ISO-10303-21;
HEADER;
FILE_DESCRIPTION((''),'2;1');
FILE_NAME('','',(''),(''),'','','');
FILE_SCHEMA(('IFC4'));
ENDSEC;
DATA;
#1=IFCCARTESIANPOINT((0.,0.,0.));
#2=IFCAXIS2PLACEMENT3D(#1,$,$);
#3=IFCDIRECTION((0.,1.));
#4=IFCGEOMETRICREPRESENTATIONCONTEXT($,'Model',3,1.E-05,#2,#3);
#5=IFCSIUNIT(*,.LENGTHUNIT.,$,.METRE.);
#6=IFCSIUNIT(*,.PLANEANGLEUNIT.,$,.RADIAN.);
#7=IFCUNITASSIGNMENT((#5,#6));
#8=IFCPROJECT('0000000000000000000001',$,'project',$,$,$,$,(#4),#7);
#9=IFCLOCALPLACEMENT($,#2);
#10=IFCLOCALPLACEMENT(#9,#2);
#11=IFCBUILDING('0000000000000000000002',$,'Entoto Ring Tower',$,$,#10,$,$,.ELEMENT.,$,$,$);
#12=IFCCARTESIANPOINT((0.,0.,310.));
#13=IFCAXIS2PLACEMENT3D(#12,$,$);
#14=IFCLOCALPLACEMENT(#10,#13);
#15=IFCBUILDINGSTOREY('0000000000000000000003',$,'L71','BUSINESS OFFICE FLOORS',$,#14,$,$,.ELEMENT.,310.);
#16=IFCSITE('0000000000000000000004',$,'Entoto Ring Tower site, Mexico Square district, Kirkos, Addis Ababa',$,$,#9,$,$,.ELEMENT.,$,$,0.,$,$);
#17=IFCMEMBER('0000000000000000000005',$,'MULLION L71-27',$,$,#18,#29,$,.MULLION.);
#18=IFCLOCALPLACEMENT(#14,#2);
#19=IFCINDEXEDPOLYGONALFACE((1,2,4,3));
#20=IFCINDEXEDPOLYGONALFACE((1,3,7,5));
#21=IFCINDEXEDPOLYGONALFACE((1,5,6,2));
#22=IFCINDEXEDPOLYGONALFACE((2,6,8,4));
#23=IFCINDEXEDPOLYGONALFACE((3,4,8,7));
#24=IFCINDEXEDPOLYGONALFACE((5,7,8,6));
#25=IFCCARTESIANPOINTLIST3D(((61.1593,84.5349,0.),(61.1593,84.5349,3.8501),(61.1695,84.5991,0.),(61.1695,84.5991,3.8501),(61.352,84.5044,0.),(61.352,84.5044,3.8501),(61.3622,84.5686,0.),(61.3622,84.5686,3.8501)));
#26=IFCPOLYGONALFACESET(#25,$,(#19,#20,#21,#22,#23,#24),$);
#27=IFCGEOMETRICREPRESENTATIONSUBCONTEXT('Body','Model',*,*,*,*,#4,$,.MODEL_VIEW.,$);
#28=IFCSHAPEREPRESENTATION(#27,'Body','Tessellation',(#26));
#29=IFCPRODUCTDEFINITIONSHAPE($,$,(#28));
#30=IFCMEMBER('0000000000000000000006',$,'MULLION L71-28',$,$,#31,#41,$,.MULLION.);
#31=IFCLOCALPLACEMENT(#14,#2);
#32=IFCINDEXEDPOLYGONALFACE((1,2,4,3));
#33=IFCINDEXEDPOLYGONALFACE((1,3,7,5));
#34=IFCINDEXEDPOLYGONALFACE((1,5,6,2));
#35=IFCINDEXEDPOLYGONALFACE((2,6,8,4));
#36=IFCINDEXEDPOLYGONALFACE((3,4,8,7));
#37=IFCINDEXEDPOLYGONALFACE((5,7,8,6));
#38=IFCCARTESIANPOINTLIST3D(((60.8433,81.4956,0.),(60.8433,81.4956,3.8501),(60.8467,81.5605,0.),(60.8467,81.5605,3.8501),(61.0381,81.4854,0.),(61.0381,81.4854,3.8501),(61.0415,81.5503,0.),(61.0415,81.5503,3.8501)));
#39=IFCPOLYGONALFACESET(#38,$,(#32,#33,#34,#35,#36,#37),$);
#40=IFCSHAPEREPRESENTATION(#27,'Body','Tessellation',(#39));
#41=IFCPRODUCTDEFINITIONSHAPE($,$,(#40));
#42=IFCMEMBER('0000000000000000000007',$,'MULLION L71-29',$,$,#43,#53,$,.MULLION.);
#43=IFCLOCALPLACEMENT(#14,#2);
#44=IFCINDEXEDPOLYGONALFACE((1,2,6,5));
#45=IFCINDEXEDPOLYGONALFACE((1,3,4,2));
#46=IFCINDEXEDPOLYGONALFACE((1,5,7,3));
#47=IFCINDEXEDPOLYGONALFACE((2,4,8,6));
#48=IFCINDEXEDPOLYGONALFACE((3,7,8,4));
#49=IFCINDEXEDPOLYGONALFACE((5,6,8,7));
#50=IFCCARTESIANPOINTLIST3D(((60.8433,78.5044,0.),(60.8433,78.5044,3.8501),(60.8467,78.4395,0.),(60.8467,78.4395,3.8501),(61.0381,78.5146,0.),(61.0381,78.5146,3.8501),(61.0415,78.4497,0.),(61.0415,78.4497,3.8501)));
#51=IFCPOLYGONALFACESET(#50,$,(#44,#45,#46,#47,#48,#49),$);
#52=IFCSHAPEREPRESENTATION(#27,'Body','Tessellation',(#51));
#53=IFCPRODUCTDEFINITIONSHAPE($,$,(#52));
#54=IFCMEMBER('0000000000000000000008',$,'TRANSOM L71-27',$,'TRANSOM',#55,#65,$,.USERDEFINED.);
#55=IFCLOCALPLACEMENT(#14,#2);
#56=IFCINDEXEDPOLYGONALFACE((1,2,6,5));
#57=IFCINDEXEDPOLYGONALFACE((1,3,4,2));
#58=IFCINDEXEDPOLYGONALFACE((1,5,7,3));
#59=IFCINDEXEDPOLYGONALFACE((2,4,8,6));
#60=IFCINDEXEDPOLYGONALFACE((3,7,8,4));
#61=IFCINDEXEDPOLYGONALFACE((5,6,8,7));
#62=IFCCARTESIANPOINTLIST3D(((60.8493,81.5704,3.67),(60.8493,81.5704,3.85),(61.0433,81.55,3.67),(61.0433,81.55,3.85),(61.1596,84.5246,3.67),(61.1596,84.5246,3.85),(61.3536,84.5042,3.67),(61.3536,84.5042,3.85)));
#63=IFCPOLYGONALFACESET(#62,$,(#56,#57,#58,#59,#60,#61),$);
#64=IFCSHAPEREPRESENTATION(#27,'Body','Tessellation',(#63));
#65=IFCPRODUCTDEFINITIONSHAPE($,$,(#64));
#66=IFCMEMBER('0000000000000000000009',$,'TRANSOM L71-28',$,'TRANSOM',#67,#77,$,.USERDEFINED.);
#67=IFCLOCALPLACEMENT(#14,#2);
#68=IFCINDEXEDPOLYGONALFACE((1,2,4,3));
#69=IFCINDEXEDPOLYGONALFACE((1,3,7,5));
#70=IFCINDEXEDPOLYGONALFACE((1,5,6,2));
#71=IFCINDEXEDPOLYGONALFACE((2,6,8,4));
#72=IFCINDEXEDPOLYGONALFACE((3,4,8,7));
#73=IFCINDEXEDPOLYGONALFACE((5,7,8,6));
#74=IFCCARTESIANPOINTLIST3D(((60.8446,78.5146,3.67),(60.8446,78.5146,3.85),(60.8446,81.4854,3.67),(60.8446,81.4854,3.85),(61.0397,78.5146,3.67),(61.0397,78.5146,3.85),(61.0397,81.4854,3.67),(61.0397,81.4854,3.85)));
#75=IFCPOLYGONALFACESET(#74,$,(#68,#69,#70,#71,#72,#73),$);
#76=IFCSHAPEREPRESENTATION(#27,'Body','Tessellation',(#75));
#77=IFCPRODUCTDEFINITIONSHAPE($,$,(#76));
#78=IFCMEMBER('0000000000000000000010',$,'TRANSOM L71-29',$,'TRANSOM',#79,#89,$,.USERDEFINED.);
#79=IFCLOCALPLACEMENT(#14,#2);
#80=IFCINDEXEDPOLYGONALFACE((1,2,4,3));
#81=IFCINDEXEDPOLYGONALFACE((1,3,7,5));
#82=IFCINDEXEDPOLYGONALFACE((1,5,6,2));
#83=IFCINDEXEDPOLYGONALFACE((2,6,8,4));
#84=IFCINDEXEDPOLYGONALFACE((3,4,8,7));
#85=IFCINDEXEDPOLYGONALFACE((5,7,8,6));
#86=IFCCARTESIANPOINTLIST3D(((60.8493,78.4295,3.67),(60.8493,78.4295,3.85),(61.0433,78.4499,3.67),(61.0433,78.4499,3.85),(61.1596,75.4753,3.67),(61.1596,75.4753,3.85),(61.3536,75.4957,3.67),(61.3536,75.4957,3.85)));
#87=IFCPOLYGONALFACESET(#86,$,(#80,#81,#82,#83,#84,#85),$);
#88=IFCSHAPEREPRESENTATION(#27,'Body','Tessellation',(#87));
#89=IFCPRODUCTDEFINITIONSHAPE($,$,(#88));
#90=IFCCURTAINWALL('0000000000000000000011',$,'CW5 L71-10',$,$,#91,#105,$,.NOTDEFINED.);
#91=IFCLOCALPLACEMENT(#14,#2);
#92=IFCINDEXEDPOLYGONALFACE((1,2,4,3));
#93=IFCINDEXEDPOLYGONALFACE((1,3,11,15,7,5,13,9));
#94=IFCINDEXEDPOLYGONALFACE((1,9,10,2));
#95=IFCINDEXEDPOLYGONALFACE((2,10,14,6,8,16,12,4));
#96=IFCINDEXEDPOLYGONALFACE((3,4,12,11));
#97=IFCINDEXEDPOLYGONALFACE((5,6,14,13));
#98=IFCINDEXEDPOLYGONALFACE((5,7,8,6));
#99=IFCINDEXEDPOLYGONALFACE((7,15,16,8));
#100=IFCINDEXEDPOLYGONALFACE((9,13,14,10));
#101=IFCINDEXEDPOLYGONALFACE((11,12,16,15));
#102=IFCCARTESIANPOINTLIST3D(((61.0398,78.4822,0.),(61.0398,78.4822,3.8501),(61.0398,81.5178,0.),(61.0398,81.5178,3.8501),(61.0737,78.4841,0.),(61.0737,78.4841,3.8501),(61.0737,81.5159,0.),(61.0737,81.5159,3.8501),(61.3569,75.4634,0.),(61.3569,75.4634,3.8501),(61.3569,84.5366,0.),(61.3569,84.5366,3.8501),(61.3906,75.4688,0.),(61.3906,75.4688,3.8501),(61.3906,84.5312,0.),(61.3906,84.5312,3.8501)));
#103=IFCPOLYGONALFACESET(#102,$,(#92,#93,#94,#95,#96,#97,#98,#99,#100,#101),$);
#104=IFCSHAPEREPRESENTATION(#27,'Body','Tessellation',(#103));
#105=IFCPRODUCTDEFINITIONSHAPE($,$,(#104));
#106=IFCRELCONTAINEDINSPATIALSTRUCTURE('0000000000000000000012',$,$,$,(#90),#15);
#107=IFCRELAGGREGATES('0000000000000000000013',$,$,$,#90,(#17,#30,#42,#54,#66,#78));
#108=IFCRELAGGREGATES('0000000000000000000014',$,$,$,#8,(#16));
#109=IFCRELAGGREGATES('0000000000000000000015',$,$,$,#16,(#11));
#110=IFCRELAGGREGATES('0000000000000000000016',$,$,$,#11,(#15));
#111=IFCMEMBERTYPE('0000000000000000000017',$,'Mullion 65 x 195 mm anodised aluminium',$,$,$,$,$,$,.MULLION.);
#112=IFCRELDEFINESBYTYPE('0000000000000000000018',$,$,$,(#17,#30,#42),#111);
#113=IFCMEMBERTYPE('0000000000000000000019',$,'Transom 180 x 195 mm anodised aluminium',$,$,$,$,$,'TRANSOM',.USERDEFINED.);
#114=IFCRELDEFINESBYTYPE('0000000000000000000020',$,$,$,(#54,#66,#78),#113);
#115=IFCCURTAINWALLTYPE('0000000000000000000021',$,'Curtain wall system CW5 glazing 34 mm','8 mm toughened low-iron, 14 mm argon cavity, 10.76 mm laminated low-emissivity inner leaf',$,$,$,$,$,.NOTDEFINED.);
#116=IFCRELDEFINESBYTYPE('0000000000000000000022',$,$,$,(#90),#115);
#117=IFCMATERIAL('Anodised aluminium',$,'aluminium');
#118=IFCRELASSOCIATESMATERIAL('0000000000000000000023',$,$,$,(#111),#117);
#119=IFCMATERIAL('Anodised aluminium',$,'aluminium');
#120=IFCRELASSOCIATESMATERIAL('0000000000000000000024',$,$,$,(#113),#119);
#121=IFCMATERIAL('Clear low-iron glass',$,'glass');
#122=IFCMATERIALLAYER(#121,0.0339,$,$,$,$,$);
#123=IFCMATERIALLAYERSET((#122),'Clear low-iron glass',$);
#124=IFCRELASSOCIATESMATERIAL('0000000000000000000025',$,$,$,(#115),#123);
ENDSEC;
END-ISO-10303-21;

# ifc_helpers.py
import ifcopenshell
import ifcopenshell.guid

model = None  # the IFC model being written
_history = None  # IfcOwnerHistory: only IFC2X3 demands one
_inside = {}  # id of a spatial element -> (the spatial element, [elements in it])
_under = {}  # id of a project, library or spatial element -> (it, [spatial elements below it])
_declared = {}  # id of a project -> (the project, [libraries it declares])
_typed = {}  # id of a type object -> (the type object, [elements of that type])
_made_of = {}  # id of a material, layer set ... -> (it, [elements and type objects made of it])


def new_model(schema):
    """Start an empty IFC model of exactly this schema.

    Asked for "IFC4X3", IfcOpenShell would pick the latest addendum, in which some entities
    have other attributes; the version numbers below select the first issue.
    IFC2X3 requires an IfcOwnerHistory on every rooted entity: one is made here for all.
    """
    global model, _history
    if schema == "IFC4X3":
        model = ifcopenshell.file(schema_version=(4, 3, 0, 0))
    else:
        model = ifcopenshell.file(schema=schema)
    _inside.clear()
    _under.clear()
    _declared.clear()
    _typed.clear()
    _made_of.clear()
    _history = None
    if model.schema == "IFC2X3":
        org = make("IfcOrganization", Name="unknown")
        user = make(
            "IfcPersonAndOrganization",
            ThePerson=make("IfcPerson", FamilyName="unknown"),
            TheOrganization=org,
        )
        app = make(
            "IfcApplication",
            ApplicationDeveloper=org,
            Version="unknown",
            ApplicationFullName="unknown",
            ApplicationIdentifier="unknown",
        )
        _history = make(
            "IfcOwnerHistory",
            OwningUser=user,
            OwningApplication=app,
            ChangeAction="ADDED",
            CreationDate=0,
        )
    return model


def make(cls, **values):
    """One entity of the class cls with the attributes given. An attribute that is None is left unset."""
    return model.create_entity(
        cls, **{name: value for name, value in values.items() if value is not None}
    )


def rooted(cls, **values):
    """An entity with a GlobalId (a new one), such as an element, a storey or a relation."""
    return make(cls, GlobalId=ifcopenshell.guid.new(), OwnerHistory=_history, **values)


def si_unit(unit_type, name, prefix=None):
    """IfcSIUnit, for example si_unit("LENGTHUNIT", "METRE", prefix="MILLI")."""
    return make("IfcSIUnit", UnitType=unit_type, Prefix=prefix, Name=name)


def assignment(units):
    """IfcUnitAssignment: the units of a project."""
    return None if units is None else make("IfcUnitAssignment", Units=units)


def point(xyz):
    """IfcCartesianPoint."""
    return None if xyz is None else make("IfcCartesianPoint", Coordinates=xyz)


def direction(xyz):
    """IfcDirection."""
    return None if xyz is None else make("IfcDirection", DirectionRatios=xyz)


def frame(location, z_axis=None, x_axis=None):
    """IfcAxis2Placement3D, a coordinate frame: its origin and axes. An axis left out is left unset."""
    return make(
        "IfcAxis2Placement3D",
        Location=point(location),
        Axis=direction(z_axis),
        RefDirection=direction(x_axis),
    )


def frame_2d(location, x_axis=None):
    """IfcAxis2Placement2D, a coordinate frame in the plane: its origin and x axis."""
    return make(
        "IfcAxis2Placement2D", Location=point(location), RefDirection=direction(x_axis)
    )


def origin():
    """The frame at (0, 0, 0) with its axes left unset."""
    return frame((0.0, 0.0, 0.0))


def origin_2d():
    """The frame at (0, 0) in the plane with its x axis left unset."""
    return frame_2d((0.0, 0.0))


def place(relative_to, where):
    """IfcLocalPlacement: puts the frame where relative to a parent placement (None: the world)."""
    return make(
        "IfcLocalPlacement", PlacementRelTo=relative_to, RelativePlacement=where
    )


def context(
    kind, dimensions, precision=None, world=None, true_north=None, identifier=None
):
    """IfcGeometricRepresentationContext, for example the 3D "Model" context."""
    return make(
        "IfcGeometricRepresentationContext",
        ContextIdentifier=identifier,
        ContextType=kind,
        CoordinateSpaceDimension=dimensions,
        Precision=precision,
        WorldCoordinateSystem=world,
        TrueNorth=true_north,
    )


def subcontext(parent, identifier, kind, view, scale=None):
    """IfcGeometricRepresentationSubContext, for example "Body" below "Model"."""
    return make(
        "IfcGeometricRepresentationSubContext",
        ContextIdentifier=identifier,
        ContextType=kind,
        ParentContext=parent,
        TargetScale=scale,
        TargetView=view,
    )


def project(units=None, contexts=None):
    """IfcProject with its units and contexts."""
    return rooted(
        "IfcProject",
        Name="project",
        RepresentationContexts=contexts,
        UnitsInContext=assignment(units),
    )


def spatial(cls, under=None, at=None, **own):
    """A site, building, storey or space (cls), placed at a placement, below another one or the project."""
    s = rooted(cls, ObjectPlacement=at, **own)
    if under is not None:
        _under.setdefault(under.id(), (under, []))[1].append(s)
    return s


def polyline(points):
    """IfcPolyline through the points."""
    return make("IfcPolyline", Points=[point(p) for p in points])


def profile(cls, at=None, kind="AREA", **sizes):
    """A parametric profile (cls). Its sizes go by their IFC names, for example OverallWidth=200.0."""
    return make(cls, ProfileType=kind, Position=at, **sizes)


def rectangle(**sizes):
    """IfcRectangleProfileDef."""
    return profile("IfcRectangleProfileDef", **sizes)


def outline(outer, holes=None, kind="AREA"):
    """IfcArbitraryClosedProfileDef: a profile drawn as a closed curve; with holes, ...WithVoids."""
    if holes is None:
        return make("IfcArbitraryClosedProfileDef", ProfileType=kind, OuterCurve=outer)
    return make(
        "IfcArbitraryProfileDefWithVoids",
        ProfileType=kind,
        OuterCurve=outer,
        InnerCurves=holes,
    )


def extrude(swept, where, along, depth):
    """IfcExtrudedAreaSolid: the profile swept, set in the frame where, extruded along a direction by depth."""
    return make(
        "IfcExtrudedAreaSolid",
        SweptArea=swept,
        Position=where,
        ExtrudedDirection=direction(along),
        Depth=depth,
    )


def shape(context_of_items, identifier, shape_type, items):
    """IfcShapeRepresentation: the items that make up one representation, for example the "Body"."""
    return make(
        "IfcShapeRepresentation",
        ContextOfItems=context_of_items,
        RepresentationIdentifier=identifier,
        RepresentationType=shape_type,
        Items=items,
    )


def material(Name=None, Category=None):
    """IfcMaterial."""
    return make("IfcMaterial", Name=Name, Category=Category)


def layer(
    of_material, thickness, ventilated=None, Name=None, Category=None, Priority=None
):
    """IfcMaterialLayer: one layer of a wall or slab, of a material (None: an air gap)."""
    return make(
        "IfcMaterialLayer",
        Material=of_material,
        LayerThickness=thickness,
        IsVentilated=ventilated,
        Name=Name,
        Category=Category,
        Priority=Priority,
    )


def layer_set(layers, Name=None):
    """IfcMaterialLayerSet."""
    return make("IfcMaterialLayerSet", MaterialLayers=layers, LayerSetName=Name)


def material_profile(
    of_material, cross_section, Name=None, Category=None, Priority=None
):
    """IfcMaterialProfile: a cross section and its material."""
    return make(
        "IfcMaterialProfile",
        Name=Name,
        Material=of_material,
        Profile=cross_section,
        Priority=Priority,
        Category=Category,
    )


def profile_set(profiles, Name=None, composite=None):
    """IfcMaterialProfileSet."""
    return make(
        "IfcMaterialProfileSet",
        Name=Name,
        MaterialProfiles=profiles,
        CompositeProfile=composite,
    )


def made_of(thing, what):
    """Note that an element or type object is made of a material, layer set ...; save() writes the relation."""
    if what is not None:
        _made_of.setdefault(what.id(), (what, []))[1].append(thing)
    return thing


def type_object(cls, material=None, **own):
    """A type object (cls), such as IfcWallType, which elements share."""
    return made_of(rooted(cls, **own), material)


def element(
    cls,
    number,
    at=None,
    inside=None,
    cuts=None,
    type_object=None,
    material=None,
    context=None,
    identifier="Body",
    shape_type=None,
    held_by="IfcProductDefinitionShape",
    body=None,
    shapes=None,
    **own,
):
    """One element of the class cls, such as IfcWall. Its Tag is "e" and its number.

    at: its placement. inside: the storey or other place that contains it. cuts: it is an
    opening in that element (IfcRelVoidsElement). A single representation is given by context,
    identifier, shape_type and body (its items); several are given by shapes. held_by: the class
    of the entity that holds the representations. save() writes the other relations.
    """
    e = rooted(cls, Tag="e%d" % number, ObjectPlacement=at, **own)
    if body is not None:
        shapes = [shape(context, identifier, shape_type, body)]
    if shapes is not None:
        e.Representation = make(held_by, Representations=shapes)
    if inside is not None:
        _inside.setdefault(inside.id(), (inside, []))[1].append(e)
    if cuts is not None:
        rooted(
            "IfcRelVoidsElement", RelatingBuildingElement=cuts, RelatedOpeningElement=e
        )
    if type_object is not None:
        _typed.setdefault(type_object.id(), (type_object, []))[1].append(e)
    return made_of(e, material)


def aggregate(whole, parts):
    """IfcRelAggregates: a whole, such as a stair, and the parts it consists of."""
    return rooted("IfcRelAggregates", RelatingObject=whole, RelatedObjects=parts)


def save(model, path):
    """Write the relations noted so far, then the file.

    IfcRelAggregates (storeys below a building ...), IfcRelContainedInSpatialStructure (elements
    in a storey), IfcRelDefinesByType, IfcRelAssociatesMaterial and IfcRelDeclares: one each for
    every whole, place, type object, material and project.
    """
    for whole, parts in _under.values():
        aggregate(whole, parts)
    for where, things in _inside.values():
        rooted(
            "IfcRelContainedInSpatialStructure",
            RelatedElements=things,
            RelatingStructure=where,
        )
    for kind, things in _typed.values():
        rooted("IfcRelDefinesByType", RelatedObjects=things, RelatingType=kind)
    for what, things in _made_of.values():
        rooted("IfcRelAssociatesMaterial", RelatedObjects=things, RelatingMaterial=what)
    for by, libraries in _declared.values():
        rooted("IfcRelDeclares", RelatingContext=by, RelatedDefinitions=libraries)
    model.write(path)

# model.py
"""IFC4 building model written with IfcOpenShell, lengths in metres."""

from ifc_helpers import new_model, si_unit, direction, frame, origin, origin_2d, place, context, subcontext, project, spatial, polyline, rectangle, outline, extrude, material, layer, layer_set, material_profile, profile_set, type_object, element, aggregate, save


model = new_model("IFC4")

# Units and contexts
model_context = context("Model", 3, precision=1e-05, world=origin(), true_north=direction((0.0, 1.0)))
body_context = subcontext(model_context, "Body", "Model", "MODEL_VIEW")
ifc_project = project(units=[si_unit("LENGTHUNIT", "METRE"), si_unit("PLANEANGLEUNIT", "RADIAN")], contexts=[model_context])

# Members
ifc_material_1 = material(Name="Anodised aluminium", Category="aluminium")
ifc_material_profile_1 = material_profile(ifc_material_1, rectangle(XDim=0.0649, YDim=0.1951, at=origin_2d()), Name="Mullion 65 x 195 mm anodised aluminium")
ifc_profile_set_1 = profile_set([ifc_material_profile_1], Name="Anodised aluminium")
member_type_1 = type_object("IfcMemberType", Name="Mullion 65 x 195 mm anodised aluminium", PredefinedType="MULLION", material=ifc_profile_set_1)
site_placement = place(None, origin())
building_placement = place(site_placement, origin())
storey_placement = place(building_placement, frame((0.0, 0.0, 310.0)))
member_1_placement = place(storey_placement, frame((61.2607, 84.5518, 0.0), z_axis=(0.0, 0.0, 1.0), x_axis=(-0.156434, -0.987688, 0.0)))
member_1 = element("IfcMember", 1, at=member_1_placement, type_object=member_type_1, Name="MULLION L71-27", PredefinedType="MULLION", context=body_context, shape_type="SweptSolid", body=[
    extrude(rectangle(XDim=0.0649, YDim=0.1951, at=origin_2d()), origin(), (0.0, 0.0, 1.0), 3.8501),
])
member_2_placement = place(storey_placement, frame((60.9424, 81.5229, 0.0), z_axis=(0.0, 0.0, 1.0), x_axis=(-0.052336, -0.99863, 0.0)))
member_2 = element("IfcMember", 2, at=member_2_placement, type_object=member_type_1, Name="MULLION L71-28", PredefinedType="MULLION", context=body_context, shape_type="SweptSolid", body=[
    extrude(rectangle(XDim=0.0649, YDim=0.1951, at=origin_2d()), origin(), (0.0, 0.0, 1.0), 3.8501),
])
member_3_placement = place(storey_placement, frame((60.9424, 78.4771, 0.0), z_axis=(0.0, 0.0, 1.0), x_axis=(0.052336, -0.99863, 0.0)))
member_3 = element("IfcMember", 3, at=member_3_placement, type_object=member_type_1, Name="MULLION L71-29", PredefinedType="MULLION", context=body_context, shape_type="SweptSolid", body=[
    extrude(rectangle(XDim=0.0649, YDim=0.1951, at=origin_2d()), origin(), (0.0, 0.0, 1.0), 3.8501),
])
ifc_material_2 = material(Name="Anodised aluminium", Category="aluminium")
ifc_material_profile_2 = material_profile(ifc_material_2, rectangle(XDim=0.1951, YDim=0.1799, at=origin_2d()), Name="Transom 180 x 195 mm anodised aluminium")
ifc_profile_set_2 = profile_set([ifc_material_profile_2], Name="Anodised aluminium")
member_type_2 = type_object("IfcMemberType", Name="Transom 180 x 195 mm anodised aluminium", ElementType="TRANSOM", PredefinedType="USERDEFINED", material=ifc_profile_set_2)
member_4_placement = place(storey_placement, frame((61.2566, 84.5144, 3.76), z_axis=(-0.104467, -0.994528, 0.0), x_axis=(0.994528, -0.104467, 0.0)))
member_4 = element("IfcMember", 4, at=member_4_placement, type_object=member_type_2, Name="TRANSOM L71-27", ObjectType="TRANSOM", PredefinedType="USERDEFINED", context=body_context, shape_type="SweptSolid", body=[
    extrude(rectangle(XDim=0.1951, YDim=0.1799, at=origin_2d()), origin(), (0.0, 0.0, 1.0), 2.9705),
])
member_5_placement = place(storey_placement, frame((60.9421, 81.4854, 3.76), z_axis=(0.0, -1.0, 0.0), x_axis=(1.0, 0.0, 0.0)))
member_5 = element("IfcMember", 5, at=member_5_placement, type_object=member_type_2, Name="TRANSOM L71-28", ObjectType="TRANSOM", PredefinedType="USERDEFINED", context=body_context, shape_type="SweptSolid", body=[
    extrude(rectangle(XDim=0.1951, YDim=0.1799, at=origin_2d()), origin(), (0.0, 0.0, 1.0), 2.9707),
])
member_6_placement = place(storey_placement, frame((60.9463, 78.4397, 3.76), z_axis=(0.104467, -0.994528, 0.0), x_axis=(0.994528, 0.104467, 0.0)))
member_6 = element("IfcMember", 6, at=member_6_placement, type_object=member_type_2, Name="TRANSOM L71-29", ObjectType="TRANSOM", PredefinedType="USERDEFINED", context=body_context, shape_type="SweptSolid", body=[
    extrude(rectangle(XDim=0.1951, YDim=0.1799, at=origin_2d()), origin(), (0.0, 0.0, 1.0), 2.9705),
])

# Site, building, storey
site = spatial("IfcSite", under=ifc_project, at=site_placement, Name="Entoto Ring Tower site, Mexico Square district, Kirkos, Addis Ababa", CompositionType="ELEMENT", RefElevation=0.0)
building = spatial("IfcBuilding", under=site, at=building_placement, Name="Entoto Ring Tower", CompositionType="ELEMENT")
storey = spatial("IfcBuildingStorey", under=building, at=storey_placement, Name="L71", Description="BUSINESS OFFICE FLOORS", CompositionType="ELEMENT", Elevation=310.0)

# Curtain wall
ifc_material_3 = material(Name="Clear low-iron glass", Category="glass")
ifc_layer = layer(ifc_material_3, 0.0339)
ifc_layer_set = layer_set([ifc_layer], Name="Clear low-iron glass")
curtain_wall_type = type_object("IfcCurtainWallType", Name="Curtain wall system CW5 glazing 34 mm", Description="8 mm toughened low-iron, 14 mm argon cavity, 10.76 mm laminated low-emissivity inner leaf", PredefinedType="NOTDEFINED", material=ifc_layer_set)
curtain_wall_1_placement = place(storey_placement, origin())
curtain_wall_1 = element("IfcCurtainWall", 7, at=curtain_wall_1_placement, inside=storey, type_object=curtain_wall_type, Name="CW5 L71-10", PredefinedType="NOTDEFINED", context=body_context, shape_type="SweptSolid", body=[
    extrude(outline(polyline([(61.3569, 84.5366), (61.0398, 81.5178), (61.0398, 78.4822), (61.3569, 75.4634), (61.3906, 75.4688), (61.0737, 78.4841), (61.0737, 81.5159), (61.3906, 84.5312), (61.3569, 84.5366)])), origin(), (0.0, 0.0, 1.0), 3.8501),
])
aggregate(curtain_wall_1, [member_1, member_2, member_3, member_4, member_5, member_6])

save(model, "model.ifc")
